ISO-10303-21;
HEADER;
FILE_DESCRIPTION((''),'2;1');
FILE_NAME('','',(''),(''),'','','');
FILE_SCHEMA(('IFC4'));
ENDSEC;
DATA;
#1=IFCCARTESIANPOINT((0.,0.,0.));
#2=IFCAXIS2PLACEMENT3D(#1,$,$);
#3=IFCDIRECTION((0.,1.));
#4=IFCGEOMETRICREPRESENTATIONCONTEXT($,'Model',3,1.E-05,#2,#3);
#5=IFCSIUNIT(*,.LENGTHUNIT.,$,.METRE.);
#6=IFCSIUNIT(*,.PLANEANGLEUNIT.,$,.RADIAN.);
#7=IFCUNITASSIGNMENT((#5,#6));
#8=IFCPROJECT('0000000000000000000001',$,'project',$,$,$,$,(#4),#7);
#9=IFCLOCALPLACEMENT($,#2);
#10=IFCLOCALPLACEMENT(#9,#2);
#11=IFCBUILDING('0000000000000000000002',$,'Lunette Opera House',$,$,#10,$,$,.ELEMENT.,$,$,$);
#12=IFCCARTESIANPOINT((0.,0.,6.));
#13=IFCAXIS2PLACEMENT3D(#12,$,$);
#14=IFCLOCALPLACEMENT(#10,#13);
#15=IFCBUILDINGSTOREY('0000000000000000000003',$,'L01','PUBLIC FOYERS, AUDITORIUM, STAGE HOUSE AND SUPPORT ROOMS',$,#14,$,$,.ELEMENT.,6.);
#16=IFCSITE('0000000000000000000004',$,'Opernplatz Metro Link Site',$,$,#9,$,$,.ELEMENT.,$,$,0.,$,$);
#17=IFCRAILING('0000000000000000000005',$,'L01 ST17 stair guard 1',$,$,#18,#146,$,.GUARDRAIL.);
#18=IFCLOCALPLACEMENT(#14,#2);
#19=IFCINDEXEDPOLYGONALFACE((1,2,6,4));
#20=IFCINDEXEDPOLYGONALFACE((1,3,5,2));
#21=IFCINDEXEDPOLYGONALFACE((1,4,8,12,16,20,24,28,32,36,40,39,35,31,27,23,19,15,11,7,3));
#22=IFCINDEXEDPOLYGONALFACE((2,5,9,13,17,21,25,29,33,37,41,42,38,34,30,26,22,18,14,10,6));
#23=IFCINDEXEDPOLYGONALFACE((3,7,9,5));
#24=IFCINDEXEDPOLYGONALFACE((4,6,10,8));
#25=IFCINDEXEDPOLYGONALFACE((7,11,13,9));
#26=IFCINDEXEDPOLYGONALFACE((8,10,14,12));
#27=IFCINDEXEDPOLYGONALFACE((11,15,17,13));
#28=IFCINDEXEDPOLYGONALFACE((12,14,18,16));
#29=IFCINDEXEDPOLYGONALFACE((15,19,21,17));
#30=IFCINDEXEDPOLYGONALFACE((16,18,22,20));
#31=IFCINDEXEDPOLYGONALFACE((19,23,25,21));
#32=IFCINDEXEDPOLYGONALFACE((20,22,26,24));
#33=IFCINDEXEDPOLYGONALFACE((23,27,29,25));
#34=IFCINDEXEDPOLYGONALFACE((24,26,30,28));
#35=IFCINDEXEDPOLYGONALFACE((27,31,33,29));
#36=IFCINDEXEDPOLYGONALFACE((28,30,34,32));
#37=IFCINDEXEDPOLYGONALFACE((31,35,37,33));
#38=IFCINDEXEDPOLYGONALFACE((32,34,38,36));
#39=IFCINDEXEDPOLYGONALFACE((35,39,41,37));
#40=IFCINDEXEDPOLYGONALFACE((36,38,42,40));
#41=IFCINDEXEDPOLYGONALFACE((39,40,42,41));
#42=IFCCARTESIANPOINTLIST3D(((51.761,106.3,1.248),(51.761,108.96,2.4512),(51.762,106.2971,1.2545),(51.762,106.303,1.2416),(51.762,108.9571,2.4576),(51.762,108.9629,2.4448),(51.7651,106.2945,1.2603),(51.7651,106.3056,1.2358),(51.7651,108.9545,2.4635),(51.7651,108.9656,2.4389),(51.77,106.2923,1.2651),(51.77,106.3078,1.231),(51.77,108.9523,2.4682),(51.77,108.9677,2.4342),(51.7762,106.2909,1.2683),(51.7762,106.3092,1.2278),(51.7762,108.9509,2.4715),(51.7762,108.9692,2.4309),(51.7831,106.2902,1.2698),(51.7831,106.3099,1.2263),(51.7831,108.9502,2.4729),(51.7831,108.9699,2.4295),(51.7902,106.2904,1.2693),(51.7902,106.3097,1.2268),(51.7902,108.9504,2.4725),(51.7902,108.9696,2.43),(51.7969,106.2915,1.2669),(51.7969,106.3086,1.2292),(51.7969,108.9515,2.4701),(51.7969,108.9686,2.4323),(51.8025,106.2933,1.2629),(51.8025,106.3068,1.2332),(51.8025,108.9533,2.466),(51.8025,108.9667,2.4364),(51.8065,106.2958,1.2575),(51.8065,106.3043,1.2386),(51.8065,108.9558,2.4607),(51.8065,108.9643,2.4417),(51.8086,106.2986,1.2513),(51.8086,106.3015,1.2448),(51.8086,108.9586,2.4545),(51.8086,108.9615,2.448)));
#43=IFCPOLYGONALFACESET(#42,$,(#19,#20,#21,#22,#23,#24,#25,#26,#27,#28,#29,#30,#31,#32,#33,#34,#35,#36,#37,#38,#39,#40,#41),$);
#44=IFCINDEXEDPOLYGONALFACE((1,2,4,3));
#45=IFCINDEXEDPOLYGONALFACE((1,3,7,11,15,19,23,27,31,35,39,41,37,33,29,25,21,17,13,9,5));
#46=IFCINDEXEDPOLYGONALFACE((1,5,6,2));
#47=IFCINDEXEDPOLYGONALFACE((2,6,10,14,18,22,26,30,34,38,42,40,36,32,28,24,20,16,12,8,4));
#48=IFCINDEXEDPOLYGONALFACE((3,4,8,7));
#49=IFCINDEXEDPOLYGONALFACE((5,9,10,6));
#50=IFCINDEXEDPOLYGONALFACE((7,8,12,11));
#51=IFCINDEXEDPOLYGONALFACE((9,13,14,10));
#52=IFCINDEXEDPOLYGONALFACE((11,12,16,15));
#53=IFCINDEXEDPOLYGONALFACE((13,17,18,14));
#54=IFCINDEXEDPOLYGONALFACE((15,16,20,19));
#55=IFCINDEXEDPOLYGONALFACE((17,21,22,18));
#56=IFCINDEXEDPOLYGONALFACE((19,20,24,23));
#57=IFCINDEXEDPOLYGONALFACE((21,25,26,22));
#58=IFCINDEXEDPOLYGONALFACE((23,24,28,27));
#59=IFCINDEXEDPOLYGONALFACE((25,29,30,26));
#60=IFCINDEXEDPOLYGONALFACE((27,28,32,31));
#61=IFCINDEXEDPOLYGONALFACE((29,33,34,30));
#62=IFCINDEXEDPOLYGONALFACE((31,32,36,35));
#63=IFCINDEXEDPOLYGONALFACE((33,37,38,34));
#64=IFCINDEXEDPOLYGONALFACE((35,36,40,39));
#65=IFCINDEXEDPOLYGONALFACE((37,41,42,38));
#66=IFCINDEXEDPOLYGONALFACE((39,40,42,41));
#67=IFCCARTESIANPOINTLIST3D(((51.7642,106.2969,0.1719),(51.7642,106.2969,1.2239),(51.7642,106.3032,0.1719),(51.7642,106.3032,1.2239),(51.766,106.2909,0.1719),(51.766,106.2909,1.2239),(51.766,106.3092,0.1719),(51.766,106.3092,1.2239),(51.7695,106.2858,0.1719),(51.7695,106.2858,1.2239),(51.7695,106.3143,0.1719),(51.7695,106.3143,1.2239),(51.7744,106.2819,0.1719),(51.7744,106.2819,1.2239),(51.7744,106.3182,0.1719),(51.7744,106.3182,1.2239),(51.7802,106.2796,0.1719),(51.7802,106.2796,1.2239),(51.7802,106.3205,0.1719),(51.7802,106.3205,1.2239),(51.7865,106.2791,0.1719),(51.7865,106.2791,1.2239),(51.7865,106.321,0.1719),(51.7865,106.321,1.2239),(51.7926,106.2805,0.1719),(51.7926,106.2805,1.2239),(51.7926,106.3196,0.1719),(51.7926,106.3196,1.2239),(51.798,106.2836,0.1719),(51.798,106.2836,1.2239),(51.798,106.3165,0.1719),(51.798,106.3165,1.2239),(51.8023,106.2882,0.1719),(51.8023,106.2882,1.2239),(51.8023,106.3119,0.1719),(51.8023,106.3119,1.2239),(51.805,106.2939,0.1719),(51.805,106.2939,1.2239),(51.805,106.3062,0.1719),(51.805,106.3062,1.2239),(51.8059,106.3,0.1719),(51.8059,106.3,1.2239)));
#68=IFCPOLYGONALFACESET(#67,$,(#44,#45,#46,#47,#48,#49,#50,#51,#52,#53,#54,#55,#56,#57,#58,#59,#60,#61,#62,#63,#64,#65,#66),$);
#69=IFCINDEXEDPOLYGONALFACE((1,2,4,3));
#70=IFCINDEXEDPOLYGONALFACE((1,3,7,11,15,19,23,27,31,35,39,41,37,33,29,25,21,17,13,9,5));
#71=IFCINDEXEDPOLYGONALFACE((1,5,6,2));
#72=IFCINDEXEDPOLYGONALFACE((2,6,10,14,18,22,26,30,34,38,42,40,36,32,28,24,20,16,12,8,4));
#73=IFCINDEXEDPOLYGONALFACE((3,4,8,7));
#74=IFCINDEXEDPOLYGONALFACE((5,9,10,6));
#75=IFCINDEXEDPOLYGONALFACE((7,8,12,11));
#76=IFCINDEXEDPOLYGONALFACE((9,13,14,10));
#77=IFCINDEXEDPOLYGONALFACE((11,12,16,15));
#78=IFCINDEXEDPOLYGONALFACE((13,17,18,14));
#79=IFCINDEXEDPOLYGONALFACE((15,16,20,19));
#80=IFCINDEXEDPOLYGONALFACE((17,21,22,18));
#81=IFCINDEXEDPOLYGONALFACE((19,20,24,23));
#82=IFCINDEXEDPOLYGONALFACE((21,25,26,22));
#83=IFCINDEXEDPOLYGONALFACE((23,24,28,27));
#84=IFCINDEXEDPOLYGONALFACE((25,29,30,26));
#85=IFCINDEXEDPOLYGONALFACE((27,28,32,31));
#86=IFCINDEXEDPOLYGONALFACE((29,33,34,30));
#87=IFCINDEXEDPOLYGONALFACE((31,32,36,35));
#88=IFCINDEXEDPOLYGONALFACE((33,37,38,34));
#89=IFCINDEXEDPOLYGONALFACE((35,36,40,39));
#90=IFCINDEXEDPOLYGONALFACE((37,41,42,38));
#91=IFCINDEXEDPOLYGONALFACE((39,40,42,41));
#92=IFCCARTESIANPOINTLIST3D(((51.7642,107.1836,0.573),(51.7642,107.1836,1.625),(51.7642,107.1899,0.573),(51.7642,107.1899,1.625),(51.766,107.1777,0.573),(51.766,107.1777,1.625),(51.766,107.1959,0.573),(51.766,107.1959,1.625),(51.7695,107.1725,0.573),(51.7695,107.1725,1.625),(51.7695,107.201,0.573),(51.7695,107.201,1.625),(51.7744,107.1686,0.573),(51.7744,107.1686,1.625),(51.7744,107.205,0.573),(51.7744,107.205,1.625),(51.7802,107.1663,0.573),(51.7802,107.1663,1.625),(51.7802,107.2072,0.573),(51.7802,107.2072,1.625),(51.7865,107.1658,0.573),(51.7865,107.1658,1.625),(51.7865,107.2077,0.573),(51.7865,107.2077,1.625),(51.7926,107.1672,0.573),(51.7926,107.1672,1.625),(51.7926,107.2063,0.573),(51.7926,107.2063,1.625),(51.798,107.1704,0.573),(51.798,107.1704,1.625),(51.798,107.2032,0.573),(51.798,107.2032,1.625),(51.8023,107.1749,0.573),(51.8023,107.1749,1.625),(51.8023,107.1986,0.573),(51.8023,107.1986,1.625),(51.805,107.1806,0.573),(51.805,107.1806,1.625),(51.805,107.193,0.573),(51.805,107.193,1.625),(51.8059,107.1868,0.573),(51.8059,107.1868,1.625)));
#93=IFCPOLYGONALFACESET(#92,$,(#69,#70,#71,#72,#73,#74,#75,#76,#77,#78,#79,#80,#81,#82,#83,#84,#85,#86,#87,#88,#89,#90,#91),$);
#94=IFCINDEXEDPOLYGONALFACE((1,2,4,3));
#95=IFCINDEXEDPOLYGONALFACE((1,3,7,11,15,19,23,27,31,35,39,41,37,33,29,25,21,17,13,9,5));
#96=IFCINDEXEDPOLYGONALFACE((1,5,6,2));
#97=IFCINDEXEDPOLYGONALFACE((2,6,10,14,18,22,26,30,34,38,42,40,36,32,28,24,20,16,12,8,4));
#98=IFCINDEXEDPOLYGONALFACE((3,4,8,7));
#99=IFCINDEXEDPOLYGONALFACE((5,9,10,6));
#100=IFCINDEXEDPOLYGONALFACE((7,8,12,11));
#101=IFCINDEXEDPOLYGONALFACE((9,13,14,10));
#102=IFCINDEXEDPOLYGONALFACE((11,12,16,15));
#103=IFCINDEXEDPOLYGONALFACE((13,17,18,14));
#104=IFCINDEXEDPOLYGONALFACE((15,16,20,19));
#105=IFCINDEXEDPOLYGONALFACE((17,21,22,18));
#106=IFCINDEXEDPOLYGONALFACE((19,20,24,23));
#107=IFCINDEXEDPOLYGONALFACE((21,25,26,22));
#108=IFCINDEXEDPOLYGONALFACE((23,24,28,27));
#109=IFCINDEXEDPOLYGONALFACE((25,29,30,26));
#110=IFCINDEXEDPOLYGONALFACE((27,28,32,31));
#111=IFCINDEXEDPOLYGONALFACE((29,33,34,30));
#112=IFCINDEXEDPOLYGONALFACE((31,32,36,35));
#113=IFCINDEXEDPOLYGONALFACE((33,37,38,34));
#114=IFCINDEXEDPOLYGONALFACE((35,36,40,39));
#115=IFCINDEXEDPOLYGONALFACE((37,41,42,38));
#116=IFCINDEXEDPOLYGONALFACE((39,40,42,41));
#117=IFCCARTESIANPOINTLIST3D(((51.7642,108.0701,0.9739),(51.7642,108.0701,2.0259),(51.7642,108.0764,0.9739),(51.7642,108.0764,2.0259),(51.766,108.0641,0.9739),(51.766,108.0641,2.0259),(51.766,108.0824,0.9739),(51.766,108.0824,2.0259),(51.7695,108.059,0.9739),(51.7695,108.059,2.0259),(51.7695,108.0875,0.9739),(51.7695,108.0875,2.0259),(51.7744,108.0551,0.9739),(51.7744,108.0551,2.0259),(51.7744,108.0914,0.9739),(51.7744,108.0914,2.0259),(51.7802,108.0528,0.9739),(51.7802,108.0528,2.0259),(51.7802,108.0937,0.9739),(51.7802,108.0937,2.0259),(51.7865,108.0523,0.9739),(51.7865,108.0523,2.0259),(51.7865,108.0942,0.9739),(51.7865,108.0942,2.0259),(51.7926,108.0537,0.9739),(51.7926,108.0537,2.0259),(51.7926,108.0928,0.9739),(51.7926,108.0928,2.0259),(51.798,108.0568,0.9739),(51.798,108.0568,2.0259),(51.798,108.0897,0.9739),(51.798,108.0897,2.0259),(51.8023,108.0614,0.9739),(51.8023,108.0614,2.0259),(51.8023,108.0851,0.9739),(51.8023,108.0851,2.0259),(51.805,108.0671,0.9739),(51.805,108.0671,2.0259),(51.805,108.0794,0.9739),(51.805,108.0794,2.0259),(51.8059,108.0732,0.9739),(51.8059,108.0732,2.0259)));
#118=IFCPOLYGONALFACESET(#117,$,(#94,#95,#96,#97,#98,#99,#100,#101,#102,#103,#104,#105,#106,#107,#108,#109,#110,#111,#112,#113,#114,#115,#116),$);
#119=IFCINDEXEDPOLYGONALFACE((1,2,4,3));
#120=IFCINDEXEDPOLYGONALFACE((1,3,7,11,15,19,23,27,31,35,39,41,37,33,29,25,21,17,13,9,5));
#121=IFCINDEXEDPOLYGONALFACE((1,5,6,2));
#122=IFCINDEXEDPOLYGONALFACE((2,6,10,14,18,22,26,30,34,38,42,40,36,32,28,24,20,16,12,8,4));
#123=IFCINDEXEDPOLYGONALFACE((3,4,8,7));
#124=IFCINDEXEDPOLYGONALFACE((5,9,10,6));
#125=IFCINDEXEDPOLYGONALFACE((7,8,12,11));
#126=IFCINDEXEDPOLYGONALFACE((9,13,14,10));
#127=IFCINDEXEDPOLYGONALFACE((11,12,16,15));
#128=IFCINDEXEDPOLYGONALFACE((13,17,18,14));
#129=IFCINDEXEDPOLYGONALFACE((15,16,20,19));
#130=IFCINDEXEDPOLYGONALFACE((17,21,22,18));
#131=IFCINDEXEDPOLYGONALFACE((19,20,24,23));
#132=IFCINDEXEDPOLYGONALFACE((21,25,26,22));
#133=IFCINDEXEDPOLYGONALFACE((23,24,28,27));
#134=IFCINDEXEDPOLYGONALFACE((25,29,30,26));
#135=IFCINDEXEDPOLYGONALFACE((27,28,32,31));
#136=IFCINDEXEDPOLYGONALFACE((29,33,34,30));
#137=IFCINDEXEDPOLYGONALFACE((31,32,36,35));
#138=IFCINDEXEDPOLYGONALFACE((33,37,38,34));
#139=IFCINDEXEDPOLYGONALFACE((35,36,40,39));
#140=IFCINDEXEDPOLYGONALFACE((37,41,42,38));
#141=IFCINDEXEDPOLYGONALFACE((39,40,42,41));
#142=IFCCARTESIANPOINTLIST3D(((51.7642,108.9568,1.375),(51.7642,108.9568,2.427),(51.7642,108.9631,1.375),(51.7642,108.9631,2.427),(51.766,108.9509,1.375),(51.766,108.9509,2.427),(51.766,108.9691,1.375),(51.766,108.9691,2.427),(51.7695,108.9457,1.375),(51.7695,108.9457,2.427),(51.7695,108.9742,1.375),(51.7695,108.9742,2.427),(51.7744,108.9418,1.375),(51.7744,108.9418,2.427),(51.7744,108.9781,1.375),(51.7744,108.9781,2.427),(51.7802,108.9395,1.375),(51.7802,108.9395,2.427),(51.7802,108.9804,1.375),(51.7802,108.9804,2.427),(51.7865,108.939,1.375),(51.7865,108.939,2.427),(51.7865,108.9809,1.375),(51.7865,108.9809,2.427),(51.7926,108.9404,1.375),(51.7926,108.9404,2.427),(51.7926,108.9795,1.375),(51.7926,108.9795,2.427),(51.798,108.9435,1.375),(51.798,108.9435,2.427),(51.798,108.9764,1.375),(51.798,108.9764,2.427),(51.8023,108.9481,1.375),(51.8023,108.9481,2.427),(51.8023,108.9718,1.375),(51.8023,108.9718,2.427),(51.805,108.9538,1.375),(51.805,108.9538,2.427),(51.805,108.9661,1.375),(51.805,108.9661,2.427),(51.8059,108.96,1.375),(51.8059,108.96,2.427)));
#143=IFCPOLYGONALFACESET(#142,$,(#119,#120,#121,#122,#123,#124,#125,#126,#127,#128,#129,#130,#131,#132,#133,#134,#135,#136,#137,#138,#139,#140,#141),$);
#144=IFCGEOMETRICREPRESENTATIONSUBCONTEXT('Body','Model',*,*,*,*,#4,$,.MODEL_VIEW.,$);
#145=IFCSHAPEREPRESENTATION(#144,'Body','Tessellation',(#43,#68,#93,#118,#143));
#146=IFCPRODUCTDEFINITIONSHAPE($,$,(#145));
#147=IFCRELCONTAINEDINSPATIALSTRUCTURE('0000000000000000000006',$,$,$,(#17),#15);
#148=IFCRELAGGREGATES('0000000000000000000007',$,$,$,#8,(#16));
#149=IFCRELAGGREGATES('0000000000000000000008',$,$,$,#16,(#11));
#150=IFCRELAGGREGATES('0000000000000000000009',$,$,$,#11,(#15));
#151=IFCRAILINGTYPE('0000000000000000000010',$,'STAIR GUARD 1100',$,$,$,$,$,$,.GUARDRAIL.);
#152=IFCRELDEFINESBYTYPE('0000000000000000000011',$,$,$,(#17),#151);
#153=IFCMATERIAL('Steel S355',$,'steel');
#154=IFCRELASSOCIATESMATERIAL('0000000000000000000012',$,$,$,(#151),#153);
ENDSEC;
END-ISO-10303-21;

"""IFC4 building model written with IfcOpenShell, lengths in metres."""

from ifc_helpers import new_model, si_unit, direction, frame, origin, origin_2d, place, context, subcontext, project, spatial, circle, extrude, material, type_object, element, save


model = new_model("IFC4")

# Units and contexts
model_context = context("Model", 3, precision=1e-05, world=origin(), true_north=direction((0.0, 1.0)))
body_context = subcontext(model_context, "Body", "Model", "MODEL_VIEW")
ifc_project = project(units=[si_unit("LENGTHUNIT", "METRE"), si_unit("PLANEANGLEUNIT", "RADIAN")], contexts=[model_context])

# Site, building, storey
site_placement = place(None, origin())
site = spatial("IfcSite", under=ifc_project, at=site_placement, Name="Opernplatz Metro Link Site", CompositionType="ELEMENT", RefElevation=0.0)
building_placement = place(site_placement, origin())
building = spatial("IfcBuilding", under=site, at=building_placement, Name="Lunette Opera House", CompositionType="ELEMENT")
storey_placement = place(building_placement, frame((0.0, 0.0, 6.0)))
storey = spatial("IfcBuildingStorey", under=building, at=storey_placement, Name="L01", Description="PUBLIC FOYERS, AUDITORIUM, STAGE HOUSE AND SUPPORT ROOMS", CompositionType="ELEMENT", Elevation=6.0)

# Railing
ifc_material_1 = material(Name="Steel S355", Category="steel")
railing_type_1 = type_object("IfcRailingType", Name="STAIR GUARD 1100", PredefinedType="GUARDRAIL", material=ifc_material_1)
railing_1_placement = place(storey_placement, frame((51.7849, 106.3, 0.1719)))
element("IfcRailing", 1, at=railing_1_placement, inside=storey, type_object=railing_type_1, Name="L01 ST17 stair guard 1", PredefinedType="GUARDRAIL", context=body_context, shape_type="SweptSolid", body=[
    extrude(circle(Radius=0.0239, at=origin_2d()), frame((0.0, 0.0, 1.0762), z_axis=(0.0, 0.91113, 0.41212), x_axis=(-1.0, 0.0, 0.0)), (0.0, 0.0, 1.0), 2.9194),
    extrude(circle(Radius=0.021, at=origin_2d()), origin(), (0.0, 0.0, 1.0), 1.052),
    extrude(circle(Radius=0.021, at=origin_2d()), frame((0.0, 0.8867, 0.4011)), (0.0, 0.0, 1.0), 1.052),
    extrude(circle(Radius=0.021, at=origin_2d()), frame((0.0, 1.7732, 0.802)), (0.0, 0.0, 1.0), 1.052),
    extrude(circle(Radius=0.021, at=origin_2d()), frame((0.0, 2.6599, 1.2031)), (0.0, 0.0, 1.0), 1.052),
])

save(model, "model.ifc")
